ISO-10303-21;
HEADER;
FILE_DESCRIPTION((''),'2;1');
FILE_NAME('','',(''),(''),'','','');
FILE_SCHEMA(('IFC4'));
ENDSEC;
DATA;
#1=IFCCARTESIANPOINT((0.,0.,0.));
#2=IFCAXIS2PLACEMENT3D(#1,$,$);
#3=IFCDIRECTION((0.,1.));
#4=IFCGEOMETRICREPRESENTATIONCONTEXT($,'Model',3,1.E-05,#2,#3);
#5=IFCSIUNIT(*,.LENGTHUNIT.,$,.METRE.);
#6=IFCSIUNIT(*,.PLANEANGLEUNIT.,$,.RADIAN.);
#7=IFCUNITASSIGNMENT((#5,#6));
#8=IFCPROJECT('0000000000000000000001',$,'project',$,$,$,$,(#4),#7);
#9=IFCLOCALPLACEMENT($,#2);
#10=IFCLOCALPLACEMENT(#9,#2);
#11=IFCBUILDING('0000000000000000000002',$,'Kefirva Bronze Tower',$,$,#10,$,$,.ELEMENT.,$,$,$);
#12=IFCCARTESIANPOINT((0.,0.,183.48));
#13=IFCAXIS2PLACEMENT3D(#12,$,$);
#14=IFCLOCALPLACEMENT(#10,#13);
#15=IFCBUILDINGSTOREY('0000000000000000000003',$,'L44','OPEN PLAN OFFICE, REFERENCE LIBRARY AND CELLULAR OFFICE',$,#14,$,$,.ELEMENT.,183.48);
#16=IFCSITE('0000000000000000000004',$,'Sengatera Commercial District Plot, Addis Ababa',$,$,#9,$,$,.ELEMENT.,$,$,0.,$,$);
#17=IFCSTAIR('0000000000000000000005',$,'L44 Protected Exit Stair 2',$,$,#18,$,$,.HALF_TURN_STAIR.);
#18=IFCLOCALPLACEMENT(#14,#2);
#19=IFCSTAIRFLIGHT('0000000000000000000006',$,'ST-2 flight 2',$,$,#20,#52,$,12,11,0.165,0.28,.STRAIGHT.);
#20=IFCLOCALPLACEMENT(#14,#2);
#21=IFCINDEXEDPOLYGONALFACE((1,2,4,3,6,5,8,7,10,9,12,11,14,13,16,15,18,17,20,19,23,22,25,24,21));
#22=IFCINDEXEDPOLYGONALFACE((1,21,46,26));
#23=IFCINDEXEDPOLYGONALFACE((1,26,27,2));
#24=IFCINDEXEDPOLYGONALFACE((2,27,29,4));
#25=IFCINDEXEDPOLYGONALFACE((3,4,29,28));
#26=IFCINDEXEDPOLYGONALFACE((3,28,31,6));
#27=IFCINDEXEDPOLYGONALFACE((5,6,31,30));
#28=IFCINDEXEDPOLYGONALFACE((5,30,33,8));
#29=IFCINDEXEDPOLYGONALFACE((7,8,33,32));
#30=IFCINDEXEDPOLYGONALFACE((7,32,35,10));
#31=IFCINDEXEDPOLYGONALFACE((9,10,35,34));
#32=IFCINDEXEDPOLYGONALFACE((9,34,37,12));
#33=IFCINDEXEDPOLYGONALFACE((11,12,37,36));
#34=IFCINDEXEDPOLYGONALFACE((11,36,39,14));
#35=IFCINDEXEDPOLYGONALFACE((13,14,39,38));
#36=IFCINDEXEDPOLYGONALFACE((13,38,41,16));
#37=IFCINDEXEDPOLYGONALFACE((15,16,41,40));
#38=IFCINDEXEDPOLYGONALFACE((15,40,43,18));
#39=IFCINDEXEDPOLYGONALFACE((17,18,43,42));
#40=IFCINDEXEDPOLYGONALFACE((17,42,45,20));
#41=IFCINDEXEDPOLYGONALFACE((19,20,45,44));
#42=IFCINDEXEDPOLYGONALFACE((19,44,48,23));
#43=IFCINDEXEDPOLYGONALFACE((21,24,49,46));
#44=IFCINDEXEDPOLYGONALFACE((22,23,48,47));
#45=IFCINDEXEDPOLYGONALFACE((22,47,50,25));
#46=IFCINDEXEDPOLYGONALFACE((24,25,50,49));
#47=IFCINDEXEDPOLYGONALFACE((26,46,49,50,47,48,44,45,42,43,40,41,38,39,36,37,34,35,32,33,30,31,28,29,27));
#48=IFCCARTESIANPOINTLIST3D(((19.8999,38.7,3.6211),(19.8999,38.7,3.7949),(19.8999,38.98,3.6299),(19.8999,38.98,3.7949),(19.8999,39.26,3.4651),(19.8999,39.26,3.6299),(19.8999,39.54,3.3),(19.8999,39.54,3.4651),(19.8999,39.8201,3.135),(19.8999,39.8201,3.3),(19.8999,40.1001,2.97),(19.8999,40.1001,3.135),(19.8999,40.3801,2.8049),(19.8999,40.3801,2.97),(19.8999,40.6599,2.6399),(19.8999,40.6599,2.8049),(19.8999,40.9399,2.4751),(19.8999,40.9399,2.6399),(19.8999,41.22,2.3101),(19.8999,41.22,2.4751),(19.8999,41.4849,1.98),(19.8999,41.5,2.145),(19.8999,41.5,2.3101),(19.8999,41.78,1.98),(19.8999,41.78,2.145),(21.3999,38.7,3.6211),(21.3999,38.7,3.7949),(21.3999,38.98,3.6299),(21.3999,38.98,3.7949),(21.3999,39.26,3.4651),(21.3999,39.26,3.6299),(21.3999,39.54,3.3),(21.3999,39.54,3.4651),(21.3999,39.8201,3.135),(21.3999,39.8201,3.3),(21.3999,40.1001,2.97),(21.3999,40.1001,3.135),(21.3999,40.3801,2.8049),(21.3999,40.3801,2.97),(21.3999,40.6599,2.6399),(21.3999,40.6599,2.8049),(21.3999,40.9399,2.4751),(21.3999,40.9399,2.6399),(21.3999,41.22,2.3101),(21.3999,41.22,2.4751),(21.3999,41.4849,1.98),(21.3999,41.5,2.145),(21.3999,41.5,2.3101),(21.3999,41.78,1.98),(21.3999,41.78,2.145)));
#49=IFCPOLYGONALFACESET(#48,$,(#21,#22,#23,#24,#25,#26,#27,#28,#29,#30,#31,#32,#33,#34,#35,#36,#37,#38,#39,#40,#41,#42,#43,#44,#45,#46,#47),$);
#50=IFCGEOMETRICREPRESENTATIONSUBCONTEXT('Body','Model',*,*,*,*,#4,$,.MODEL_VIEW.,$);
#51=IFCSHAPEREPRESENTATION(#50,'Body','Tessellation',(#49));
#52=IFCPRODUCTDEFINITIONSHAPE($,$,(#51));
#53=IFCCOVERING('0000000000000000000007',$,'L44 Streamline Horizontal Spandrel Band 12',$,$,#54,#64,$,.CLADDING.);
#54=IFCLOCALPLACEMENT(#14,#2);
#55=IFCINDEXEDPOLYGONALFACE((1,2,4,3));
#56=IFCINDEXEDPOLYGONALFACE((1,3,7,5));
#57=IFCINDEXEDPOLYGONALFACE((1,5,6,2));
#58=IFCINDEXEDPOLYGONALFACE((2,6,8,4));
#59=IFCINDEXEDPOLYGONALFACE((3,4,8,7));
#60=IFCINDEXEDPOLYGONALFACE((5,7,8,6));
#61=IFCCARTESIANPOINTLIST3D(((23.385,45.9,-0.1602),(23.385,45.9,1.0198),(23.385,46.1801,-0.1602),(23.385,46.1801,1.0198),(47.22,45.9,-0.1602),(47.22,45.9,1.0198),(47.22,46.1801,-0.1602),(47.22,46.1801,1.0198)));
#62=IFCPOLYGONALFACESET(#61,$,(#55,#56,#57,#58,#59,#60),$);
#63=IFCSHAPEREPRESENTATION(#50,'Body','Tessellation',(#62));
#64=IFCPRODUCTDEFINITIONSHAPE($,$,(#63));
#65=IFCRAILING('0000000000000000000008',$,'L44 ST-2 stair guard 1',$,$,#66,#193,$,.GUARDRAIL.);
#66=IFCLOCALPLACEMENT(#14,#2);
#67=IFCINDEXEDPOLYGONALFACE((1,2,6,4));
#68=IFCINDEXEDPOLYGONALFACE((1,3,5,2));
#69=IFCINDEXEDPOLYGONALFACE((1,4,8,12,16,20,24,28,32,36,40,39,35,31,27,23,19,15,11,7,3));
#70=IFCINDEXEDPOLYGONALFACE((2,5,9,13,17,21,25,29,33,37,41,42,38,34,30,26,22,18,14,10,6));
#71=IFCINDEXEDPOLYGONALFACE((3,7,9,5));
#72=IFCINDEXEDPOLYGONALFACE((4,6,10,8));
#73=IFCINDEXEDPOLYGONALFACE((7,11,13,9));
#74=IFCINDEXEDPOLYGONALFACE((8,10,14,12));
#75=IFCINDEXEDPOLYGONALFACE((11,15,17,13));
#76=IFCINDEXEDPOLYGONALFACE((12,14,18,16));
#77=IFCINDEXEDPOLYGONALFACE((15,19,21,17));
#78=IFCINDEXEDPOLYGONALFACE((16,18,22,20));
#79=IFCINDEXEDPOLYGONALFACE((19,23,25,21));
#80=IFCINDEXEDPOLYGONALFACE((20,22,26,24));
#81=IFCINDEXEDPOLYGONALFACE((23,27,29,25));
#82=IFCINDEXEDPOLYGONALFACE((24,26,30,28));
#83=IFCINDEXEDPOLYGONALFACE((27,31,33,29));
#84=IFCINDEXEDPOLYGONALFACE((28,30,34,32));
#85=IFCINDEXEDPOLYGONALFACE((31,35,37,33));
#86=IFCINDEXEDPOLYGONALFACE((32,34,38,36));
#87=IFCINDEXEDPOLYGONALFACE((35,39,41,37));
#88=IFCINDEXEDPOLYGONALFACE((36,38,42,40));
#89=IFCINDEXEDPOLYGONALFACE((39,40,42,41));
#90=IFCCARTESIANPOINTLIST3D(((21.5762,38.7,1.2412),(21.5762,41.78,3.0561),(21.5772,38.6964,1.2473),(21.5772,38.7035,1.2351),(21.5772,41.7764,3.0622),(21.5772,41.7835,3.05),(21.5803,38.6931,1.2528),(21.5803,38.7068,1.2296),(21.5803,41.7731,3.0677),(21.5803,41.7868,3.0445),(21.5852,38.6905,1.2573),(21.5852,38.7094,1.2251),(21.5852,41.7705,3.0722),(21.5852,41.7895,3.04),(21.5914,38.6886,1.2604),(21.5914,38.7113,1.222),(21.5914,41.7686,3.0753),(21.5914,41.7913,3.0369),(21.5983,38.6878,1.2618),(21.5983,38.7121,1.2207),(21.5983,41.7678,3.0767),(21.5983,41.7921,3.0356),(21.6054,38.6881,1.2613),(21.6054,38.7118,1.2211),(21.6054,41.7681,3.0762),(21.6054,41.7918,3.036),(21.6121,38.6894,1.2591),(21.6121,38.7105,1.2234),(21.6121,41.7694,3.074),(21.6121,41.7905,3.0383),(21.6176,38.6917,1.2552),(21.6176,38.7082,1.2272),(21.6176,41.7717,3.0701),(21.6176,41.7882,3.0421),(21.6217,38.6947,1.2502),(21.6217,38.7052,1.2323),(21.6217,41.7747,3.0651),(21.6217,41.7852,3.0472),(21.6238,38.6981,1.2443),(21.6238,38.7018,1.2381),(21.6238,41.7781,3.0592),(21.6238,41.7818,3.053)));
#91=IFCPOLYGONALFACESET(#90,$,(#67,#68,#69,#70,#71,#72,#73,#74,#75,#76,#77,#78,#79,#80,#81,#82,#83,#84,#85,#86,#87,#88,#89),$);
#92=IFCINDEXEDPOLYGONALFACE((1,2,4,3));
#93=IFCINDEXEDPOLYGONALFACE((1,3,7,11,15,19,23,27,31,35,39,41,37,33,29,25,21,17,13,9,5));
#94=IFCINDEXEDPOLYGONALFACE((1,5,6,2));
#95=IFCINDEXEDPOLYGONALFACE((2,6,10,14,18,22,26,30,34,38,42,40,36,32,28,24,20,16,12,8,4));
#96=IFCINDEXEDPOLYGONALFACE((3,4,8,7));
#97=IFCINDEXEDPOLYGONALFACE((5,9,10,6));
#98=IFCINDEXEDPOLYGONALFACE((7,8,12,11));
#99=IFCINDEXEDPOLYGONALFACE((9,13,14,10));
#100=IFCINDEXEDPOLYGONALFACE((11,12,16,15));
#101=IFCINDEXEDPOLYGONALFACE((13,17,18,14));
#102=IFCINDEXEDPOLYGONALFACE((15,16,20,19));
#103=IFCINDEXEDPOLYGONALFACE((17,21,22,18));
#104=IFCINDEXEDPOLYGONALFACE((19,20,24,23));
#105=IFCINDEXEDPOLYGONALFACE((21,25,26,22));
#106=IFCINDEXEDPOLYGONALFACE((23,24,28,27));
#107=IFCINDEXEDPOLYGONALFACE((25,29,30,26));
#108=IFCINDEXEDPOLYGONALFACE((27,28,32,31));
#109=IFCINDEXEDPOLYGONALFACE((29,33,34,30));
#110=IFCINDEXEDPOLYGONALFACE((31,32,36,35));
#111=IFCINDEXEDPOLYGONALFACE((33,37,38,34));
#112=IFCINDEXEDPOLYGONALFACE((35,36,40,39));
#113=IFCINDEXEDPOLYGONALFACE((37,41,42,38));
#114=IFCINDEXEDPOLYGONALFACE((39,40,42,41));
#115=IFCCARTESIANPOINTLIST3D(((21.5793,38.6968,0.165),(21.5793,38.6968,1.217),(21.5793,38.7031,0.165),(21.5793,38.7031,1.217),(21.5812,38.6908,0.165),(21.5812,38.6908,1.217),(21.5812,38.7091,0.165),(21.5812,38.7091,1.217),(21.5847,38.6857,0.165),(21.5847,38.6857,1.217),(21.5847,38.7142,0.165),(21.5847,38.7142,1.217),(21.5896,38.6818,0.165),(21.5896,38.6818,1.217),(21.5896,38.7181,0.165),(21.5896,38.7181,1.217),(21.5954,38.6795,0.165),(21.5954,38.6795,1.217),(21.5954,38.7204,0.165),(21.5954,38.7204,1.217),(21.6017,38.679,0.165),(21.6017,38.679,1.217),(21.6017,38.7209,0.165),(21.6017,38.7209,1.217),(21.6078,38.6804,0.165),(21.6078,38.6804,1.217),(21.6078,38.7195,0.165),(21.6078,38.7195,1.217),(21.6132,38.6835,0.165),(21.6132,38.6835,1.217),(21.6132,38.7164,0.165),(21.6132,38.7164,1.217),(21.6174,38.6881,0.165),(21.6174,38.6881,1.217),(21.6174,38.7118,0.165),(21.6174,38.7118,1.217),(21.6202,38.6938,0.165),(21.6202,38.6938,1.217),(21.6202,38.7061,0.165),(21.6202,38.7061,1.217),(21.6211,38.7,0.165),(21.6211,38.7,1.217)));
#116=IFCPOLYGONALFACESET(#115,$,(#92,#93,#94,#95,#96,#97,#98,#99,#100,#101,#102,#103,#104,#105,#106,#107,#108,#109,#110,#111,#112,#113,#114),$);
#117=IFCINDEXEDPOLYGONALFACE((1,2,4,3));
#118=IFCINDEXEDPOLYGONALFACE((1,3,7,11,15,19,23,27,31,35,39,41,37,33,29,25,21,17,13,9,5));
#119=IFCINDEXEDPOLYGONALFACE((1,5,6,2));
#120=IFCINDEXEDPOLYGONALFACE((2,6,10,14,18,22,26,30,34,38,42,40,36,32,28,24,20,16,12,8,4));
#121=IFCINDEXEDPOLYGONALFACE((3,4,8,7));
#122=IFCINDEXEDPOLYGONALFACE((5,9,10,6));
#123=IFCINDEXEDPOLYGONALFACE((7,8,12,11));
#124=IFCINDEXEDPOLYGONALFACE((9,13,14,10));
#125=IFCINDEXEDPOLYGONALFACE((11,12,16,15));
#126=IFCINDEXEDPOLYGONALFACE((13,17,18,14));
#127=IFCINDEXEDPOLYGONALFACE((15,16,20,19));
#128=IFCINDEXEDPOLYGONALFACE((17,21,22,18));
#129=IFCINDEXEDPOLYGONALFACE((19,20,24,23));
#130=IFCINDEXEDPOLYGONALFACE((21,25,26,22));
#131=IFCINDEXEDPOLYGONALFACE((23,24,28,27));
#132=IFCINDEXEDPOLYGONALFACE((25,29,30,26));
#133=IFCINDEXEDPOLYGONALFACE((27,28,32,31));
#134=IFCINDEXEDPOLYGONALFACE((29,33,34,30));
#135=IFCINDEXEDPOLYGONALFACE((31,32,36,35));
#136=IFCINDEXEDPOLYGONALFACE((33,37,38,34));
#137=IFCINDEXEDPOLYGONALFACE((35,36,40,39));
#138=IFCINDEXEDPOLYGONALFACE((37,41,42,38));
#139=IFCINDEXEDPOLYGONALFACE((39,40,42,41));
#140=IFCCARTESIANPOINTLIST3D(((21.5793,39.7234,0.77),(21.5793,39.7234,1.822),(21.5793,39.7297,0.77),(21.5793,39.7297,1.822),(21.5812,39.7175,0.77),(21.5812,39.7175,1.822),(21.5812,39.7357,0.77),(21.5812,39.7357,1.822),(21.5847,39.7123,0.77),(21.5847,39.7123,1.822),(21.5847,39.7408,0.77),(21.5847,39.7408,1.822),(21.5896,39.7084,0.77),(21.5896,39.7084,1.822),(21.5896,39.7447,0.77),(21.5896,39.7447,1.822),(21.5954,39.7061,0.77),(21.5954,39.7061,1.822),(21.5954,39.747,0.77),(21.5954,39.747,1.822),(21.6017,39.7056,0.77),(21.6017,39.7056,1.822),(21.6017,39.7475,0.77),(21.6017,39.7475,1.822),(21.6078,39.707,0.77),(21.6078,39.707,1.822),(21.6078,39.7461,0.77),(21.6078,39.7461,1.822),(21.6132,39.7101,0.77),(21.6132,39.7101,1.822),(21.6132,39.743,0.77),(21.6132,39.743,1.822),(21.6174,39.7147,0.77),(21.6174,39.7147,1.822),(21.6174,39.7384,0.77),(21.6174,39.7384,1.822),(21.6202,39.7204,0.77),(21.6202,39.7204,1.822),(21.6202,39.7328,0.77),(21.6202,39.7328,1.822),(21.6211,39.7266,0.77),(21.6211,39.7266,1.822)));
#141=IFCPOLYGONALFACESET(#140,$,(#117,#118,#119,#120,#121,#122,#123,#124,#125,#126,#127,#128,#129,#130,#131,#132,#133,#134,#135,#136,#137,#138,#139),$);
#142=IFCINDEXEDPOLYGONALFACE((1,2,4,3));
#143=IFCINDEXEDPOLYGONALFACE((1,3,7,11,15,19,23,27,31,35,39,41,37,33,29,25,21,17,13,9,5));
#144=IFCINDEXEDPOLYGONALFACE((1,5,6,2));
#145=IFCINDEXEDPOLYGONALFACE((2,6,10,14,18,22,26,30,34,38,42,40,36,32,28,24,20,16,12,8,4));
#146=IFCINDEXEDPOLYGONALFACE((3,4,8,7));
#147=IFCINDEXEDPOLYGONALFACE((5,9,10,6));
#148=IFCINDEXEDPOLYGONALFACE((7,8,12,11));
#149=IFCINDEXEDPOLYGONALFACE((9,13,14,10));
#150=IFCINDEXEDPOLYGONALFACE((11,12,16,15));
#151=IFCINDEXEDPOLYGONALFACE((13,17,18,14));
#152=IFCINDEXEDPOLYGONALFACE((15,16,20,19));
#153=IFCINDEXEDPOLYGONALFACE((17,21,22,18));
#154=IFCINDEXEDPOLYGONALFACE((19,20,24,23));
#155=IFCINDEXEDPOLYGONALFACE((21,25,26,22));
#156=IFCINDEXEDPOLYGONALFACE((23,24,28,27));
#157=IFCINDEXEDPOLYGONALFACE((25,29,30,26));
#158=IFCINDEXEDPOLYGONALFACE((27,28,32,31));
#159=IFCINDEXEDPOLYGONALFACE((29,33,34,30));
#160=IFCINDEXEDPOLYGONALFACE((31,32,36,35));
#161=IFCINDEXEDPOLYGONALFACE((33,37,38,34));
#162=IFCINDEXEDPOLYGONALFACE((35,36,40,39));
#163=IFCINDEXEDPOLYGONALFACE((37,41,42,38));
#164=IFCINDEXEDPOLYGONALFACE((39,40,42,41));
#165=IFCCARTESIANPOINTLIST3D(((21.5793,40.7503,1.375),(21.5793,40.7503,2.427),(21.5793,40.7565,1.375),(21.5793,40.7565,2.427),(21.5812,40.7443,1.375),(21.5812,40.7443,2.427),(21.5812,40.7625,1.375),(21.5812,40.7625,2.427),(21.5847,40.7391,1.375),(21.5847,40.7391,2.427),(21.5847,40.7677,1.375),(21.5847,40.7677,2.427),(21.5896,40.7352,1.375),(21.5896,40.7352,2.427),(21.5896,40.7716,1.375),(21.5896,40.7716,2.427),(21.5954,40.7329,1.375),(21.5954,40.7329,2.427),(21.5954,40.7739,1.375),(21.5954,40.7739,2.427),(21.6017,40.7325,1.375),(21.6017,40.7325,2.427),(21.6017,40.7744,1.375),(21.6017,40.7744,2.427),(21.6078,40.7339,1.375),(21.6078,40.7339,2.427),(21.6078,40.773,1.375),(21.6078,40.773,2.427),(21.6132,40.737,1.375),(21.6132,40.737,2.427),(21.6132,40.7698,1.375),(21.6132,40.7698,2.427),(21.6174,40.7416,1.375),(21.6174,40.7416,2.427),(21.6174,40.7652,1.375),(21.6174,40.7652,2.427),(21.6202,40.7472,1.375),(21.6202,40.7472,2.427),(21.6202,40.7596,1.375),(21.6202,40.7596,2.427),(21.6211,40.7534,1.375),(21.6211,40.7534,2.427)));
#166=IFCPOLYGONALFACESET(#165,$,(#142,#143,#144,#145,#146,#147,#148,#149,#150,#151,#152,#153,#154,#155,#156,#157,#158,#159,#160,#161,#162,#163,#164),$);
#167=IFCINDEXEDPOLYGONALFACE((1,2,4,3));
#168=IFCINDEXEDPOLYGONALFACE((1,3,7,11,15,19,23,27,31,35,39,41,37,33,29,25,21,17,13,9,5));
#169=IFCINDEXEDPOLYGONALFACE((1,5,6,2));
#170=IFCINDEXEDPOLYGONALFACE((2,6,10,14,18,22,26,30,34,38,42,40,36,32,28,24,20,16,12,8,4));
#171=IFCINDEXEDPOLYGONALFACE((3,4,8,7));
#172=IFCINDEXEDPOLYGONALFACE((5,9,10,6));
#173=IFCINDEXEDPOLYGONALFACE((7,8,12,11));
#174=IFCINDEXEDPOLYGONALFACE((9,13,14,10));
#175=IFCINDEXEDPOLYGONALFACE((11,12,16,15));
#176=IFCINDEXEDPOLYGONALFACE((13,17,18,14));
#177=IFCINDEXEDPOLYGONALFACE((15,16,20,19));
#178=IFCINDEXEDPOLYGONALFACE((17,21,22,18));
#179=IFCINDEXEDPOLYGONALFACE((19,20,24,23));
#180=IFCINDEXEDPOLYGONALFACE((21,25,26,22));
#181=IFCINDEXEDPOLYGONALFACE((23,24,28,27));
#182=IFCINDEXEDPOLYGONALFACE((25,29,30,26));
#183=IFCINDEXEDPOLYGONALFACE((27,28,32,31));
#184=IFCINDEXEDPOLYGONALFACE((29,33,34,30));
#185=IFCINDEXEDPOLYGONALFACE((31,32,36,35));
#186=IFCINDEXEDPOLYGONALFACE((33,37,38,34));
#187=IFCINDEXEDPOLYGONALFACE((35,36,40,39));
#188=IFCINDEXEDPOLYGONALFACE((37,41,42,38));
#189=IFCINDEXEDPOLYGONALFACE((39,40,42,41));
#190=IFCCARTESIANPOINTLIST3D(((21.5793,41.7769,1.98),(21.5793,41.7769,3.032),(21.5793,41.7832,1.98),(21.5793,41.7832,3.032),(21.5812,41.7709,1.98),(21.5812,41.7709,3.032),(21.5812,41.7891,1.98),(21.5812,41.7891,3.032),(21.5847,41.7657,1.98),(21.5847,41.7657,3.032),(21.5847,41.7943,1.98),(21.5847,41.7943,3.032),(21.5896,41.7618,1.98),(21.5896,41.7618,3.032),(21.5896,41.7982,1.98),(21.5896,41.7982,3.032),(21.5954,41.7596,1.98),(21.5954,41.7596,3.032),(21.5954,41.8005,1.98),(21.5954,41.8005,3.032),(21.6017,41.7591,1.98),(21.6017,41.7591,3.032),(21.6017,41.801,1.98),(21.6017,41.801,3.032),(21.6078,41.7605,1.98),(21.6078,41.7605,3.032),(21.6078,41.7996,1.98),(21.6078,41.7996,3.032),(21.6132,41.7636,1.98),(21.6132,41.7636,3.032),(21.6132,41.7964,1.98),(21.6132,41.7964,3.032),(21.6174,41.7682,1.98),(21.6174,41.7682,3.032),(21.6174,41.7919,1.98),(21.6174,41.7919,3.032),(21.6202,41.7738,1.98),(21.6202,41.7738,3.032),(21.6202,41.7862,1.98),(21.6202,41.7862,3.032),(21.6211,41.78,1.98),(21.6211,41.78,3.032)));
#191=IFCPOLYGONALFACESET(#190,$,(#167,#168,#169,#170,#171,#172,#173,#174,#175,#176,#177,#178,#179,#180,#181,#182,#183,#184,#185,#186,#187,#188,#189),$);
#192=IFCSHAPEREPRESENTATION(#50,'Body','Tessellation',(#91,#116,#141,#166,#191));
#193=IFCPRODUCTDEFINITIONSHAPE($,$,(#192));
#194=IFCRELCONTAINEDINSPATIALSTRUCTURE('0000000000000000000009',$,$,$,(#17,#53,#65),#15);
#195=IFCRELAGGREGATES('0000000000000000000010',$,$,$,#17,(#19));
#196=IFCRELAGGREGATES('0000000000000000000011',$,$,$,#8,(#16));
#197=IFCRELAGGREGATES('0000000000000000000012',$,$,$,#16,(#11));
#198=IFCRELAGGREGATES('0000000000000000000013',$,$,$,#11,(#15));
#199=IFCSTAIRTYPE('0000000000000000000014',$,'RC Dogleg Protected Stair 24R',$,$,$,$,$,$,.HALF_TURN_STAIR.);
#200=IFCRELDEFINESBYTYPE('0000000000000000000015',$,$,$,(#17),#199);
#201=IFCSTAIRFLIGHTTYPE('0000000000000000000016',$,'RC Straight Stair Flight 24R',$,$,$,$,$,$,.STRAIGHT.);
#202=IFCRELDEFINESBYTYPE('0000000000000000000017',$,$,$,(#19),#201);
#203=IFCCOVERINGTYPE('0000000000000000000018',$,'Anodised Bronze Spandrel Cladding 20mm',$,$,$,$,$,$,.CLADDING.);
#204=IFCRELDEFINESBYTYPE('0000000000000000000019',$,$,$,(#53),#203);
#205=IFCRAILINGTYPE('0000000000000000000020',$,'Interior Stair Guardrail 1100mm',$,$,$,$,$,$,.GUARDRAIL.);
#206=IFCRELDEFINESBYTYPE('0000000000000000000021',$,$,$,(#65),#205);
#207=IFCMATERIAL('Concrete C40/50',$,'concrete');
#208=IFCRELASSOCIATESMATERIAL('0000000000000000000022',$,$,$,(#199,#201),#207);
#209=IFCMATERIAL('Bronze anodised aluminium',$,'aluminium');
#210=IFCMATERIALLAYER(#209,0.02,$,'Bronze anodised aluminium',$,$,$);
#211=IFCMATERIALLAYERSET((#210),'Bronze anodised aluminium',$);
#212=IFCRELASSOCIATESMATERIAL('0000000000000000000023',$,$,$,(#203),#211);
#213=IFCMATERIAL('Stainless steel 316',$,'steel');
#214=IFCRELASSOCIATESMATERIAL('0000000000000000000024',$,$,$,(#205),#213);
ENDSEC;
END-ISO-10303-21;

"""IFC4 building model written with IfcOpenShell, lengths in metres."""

from ifc_helpers import new_model, si_unit, direction, frame, origin, origin_2d, place, context, subcontext, project, spatial, polyline, rectangle, circle, outline, extrude, material, layer, layer_set, type_object, element, aggregate, save


model = new_model("IFC4")

# Units and contexts
model_context = context("Model", 3, precision=1e-05, world=origin(), true_north=direction((0.0, 1.0)))
body_context = subcontext(model_context, "Body", "Model", "MODEL_VIEW")
ifc_project = project(units=[si_unit("LENGTHUNIT", "METRE"), si_unit("PLANEANGLEUNIT", "RADIAN")], contexts=[model_context])

# Site, building, storey
site_placement = place(None, origin())
site = spatial("IfcSite", under=ifc_project, at=site_placement, Name="Sengatera Commercial District Plot, Addis Ababa", CompositionType="ELEMENT", RefElevation=0.0)
building_placement = place(site_placement, origin())
building = spatial("IfcBuilding", under=site, at=building_placement, Name="Kefirva Bronze Tower", CompositionType="ELEMENT")
storey_placement = place(building_placement, frame((0.0, 0.0, 183.48)))
storey = spatial("IfcBuildingStorey", under=building, at=storey_placement, Name="L44", Description="OPEN PLAN OFFICE, REFERENCE LIBRARY AND CELLULAR OFFICE", CompositionType="ELEMENT", Elevation=183.48)

# Shared definitions
ifc_material_1 = material(Name="Bronze anodised aluminium", Category="aluminium")

# Stair, stair flight
ifc_material_2 = material(Name="Concrete C40/50", Category="concrete")
stair_type = type_object("IfcStairType", Name="RC Dogleg Protected Stair 24R", PredefinedType="HALF_TURN_STAIR", material=ifc_material_2)
stair_placement = place(storey_placement, origin())
stair = element("IfcStair", 1, at=stair_placement, inside=storey, type_object=stair_type, Name="L44 Protected Exit Stair 2", PredefinedType="HALF_TURN_STAIR")
stair_flight_type = type_object("IfcStairFlightType", Name="RC Straight Stair Flight 24R", PredefinedType="STRAIGHT", material=ifc_material_2)
stair_flight_1_placement = place(storey_placement, frame((20.6499, 41.78, 1.98), z_axis=(0.0, 0.0, 1.0), x_axis=(0.0, -1.0, 0.0)))
stair_flight_1 = element("IfcStairFlight", 2, at=stair_flight_1_placement, type_object=stair_flight_type, Name="ST-2 flight 2", NumberOfRisers=12, NumberOfTreads=11, PredefinedType="STRAIGHT", RiserHeight=0.165, TreadLength=0.28, context=body_context, shape_type="SweptSolid", body=[
    extrude(outline(polyline([(0.0, 0.0), (0.0, 0.165), (0.28, 0.165), (0.28, 0.3301), (0.5601, 0.3301), (0.5601, 0.4951), (0.8401, 0.4951), (0.8401, 0.6599), (1.1201, 0.6599), (1.1201, 0.825), (1.3999, 0.825), (1.3999, 0.99), (1.6799, 0.99), (1.6799, 1.155), (1.96, 1.155), (1.96, 1.3201), (2.24, 1.3201), (2.24, 1.4851), (2.52, 1.4851), (2.52, 1.6499), (2.8, 1.6499), (2.8, 1.8149), (3.0801, 1.8149), (3.0801, 1.98), (3.0801, 1.6411), (0.2952, 0.0), (0.0, 0.0)])), frame((0.0, 0.75, 0.0), z_axis=(0.0, -1.0, 0.0), x_axis=(1.0, 0.0, 0.0)), (0.0, 0.0, 1.0), 1.5),
])
aggregate(stair, [stair_flight_1])

# Covering
ifc_layer_1 = layer(ifc_material_1, 0.02, Name="Bronze anodised aluminium")
ifc_layer_set_1 = layer_set([ifc_layer_1], Name="Bronze anodised aluminium")
covering_type_1 = type_object("IfcCoveringType", Name="Anodised Bronze Spandrel Cladding 20mm", PredefinedType="CLADDING", material=ifc_layer_set_1)
covering_placement = place(storey_placement, frame((35.3025, 46.04, -0.1602), z_axis=(0.0, 0.0, 1.0), x_axis=(-1.0, 0.0, 0.0)))
element("IfcCovering", 3, at=covering_placement, inside=storey, type_object=covering_type_1, Name="L44 Streamline Horizontal Spandrel Band 12", PredefinedType="CLADDING", context=body_context, shape_type="SweptSolid", body=[
    extrude(rectangle(XDim=23.835, YDim=0.28, at=origin_2d()), origin(), (0.0, 0.0, 1.0), 1.1799),
])

# Railing
ifc_material_3 = material(Name="Stainless steel 316", Category="steel")
railing_type_1 = type_object("IfcRailingType", Name="Interior Stair Guardrail 1100mm", PredefinedType="GUARDRAIL", material=ifc_material_3)
railing_1_placement = place(storey_placement, frame((21.6001, 38.7, 0.165)))
element("IfcRailing", 4, at=railing_1_placement, inside=storey, type_object=railing_type_1, Name="L44 ST-2 stair guard 1", PredefinedType="GUARDRAIL", context=body_context, shape_type="SweptSolid", body=[
    extrude(circle(Radius=0.0239, at=origin_2d()), frame((0.0, 0.0, 1.0762), z_axis=(0.0, 0.861551, 0.507671), x_axis=(-1.0, 0.0, 0.0)), (0.0, 0.0, 1.0), 3.575),
    extrude(circle(Radius=0.021, at=origin_2d()), origin(), (0.0, 0.0, 1.0), 1.052),
    extrude(circle(Radius=0.021, at=origin_2d()), frame((0.0, 1.0266, 0.605)), (0.0, 0.0, 1.0), 1.052),
    extrude(circle(Radius=0.021, at=origin_2d()), frame((0.0, 2.0535, 1.21)), (0.0, 0.0, 1.0), 1.052),
    extrude(circle(Radius=0.021, at=origin_2d()), frame((0.0, 3.0801, 1.8149)), (0.0, 0.0, 1.0), 1.052),
])

save(model, "model.ifc")
